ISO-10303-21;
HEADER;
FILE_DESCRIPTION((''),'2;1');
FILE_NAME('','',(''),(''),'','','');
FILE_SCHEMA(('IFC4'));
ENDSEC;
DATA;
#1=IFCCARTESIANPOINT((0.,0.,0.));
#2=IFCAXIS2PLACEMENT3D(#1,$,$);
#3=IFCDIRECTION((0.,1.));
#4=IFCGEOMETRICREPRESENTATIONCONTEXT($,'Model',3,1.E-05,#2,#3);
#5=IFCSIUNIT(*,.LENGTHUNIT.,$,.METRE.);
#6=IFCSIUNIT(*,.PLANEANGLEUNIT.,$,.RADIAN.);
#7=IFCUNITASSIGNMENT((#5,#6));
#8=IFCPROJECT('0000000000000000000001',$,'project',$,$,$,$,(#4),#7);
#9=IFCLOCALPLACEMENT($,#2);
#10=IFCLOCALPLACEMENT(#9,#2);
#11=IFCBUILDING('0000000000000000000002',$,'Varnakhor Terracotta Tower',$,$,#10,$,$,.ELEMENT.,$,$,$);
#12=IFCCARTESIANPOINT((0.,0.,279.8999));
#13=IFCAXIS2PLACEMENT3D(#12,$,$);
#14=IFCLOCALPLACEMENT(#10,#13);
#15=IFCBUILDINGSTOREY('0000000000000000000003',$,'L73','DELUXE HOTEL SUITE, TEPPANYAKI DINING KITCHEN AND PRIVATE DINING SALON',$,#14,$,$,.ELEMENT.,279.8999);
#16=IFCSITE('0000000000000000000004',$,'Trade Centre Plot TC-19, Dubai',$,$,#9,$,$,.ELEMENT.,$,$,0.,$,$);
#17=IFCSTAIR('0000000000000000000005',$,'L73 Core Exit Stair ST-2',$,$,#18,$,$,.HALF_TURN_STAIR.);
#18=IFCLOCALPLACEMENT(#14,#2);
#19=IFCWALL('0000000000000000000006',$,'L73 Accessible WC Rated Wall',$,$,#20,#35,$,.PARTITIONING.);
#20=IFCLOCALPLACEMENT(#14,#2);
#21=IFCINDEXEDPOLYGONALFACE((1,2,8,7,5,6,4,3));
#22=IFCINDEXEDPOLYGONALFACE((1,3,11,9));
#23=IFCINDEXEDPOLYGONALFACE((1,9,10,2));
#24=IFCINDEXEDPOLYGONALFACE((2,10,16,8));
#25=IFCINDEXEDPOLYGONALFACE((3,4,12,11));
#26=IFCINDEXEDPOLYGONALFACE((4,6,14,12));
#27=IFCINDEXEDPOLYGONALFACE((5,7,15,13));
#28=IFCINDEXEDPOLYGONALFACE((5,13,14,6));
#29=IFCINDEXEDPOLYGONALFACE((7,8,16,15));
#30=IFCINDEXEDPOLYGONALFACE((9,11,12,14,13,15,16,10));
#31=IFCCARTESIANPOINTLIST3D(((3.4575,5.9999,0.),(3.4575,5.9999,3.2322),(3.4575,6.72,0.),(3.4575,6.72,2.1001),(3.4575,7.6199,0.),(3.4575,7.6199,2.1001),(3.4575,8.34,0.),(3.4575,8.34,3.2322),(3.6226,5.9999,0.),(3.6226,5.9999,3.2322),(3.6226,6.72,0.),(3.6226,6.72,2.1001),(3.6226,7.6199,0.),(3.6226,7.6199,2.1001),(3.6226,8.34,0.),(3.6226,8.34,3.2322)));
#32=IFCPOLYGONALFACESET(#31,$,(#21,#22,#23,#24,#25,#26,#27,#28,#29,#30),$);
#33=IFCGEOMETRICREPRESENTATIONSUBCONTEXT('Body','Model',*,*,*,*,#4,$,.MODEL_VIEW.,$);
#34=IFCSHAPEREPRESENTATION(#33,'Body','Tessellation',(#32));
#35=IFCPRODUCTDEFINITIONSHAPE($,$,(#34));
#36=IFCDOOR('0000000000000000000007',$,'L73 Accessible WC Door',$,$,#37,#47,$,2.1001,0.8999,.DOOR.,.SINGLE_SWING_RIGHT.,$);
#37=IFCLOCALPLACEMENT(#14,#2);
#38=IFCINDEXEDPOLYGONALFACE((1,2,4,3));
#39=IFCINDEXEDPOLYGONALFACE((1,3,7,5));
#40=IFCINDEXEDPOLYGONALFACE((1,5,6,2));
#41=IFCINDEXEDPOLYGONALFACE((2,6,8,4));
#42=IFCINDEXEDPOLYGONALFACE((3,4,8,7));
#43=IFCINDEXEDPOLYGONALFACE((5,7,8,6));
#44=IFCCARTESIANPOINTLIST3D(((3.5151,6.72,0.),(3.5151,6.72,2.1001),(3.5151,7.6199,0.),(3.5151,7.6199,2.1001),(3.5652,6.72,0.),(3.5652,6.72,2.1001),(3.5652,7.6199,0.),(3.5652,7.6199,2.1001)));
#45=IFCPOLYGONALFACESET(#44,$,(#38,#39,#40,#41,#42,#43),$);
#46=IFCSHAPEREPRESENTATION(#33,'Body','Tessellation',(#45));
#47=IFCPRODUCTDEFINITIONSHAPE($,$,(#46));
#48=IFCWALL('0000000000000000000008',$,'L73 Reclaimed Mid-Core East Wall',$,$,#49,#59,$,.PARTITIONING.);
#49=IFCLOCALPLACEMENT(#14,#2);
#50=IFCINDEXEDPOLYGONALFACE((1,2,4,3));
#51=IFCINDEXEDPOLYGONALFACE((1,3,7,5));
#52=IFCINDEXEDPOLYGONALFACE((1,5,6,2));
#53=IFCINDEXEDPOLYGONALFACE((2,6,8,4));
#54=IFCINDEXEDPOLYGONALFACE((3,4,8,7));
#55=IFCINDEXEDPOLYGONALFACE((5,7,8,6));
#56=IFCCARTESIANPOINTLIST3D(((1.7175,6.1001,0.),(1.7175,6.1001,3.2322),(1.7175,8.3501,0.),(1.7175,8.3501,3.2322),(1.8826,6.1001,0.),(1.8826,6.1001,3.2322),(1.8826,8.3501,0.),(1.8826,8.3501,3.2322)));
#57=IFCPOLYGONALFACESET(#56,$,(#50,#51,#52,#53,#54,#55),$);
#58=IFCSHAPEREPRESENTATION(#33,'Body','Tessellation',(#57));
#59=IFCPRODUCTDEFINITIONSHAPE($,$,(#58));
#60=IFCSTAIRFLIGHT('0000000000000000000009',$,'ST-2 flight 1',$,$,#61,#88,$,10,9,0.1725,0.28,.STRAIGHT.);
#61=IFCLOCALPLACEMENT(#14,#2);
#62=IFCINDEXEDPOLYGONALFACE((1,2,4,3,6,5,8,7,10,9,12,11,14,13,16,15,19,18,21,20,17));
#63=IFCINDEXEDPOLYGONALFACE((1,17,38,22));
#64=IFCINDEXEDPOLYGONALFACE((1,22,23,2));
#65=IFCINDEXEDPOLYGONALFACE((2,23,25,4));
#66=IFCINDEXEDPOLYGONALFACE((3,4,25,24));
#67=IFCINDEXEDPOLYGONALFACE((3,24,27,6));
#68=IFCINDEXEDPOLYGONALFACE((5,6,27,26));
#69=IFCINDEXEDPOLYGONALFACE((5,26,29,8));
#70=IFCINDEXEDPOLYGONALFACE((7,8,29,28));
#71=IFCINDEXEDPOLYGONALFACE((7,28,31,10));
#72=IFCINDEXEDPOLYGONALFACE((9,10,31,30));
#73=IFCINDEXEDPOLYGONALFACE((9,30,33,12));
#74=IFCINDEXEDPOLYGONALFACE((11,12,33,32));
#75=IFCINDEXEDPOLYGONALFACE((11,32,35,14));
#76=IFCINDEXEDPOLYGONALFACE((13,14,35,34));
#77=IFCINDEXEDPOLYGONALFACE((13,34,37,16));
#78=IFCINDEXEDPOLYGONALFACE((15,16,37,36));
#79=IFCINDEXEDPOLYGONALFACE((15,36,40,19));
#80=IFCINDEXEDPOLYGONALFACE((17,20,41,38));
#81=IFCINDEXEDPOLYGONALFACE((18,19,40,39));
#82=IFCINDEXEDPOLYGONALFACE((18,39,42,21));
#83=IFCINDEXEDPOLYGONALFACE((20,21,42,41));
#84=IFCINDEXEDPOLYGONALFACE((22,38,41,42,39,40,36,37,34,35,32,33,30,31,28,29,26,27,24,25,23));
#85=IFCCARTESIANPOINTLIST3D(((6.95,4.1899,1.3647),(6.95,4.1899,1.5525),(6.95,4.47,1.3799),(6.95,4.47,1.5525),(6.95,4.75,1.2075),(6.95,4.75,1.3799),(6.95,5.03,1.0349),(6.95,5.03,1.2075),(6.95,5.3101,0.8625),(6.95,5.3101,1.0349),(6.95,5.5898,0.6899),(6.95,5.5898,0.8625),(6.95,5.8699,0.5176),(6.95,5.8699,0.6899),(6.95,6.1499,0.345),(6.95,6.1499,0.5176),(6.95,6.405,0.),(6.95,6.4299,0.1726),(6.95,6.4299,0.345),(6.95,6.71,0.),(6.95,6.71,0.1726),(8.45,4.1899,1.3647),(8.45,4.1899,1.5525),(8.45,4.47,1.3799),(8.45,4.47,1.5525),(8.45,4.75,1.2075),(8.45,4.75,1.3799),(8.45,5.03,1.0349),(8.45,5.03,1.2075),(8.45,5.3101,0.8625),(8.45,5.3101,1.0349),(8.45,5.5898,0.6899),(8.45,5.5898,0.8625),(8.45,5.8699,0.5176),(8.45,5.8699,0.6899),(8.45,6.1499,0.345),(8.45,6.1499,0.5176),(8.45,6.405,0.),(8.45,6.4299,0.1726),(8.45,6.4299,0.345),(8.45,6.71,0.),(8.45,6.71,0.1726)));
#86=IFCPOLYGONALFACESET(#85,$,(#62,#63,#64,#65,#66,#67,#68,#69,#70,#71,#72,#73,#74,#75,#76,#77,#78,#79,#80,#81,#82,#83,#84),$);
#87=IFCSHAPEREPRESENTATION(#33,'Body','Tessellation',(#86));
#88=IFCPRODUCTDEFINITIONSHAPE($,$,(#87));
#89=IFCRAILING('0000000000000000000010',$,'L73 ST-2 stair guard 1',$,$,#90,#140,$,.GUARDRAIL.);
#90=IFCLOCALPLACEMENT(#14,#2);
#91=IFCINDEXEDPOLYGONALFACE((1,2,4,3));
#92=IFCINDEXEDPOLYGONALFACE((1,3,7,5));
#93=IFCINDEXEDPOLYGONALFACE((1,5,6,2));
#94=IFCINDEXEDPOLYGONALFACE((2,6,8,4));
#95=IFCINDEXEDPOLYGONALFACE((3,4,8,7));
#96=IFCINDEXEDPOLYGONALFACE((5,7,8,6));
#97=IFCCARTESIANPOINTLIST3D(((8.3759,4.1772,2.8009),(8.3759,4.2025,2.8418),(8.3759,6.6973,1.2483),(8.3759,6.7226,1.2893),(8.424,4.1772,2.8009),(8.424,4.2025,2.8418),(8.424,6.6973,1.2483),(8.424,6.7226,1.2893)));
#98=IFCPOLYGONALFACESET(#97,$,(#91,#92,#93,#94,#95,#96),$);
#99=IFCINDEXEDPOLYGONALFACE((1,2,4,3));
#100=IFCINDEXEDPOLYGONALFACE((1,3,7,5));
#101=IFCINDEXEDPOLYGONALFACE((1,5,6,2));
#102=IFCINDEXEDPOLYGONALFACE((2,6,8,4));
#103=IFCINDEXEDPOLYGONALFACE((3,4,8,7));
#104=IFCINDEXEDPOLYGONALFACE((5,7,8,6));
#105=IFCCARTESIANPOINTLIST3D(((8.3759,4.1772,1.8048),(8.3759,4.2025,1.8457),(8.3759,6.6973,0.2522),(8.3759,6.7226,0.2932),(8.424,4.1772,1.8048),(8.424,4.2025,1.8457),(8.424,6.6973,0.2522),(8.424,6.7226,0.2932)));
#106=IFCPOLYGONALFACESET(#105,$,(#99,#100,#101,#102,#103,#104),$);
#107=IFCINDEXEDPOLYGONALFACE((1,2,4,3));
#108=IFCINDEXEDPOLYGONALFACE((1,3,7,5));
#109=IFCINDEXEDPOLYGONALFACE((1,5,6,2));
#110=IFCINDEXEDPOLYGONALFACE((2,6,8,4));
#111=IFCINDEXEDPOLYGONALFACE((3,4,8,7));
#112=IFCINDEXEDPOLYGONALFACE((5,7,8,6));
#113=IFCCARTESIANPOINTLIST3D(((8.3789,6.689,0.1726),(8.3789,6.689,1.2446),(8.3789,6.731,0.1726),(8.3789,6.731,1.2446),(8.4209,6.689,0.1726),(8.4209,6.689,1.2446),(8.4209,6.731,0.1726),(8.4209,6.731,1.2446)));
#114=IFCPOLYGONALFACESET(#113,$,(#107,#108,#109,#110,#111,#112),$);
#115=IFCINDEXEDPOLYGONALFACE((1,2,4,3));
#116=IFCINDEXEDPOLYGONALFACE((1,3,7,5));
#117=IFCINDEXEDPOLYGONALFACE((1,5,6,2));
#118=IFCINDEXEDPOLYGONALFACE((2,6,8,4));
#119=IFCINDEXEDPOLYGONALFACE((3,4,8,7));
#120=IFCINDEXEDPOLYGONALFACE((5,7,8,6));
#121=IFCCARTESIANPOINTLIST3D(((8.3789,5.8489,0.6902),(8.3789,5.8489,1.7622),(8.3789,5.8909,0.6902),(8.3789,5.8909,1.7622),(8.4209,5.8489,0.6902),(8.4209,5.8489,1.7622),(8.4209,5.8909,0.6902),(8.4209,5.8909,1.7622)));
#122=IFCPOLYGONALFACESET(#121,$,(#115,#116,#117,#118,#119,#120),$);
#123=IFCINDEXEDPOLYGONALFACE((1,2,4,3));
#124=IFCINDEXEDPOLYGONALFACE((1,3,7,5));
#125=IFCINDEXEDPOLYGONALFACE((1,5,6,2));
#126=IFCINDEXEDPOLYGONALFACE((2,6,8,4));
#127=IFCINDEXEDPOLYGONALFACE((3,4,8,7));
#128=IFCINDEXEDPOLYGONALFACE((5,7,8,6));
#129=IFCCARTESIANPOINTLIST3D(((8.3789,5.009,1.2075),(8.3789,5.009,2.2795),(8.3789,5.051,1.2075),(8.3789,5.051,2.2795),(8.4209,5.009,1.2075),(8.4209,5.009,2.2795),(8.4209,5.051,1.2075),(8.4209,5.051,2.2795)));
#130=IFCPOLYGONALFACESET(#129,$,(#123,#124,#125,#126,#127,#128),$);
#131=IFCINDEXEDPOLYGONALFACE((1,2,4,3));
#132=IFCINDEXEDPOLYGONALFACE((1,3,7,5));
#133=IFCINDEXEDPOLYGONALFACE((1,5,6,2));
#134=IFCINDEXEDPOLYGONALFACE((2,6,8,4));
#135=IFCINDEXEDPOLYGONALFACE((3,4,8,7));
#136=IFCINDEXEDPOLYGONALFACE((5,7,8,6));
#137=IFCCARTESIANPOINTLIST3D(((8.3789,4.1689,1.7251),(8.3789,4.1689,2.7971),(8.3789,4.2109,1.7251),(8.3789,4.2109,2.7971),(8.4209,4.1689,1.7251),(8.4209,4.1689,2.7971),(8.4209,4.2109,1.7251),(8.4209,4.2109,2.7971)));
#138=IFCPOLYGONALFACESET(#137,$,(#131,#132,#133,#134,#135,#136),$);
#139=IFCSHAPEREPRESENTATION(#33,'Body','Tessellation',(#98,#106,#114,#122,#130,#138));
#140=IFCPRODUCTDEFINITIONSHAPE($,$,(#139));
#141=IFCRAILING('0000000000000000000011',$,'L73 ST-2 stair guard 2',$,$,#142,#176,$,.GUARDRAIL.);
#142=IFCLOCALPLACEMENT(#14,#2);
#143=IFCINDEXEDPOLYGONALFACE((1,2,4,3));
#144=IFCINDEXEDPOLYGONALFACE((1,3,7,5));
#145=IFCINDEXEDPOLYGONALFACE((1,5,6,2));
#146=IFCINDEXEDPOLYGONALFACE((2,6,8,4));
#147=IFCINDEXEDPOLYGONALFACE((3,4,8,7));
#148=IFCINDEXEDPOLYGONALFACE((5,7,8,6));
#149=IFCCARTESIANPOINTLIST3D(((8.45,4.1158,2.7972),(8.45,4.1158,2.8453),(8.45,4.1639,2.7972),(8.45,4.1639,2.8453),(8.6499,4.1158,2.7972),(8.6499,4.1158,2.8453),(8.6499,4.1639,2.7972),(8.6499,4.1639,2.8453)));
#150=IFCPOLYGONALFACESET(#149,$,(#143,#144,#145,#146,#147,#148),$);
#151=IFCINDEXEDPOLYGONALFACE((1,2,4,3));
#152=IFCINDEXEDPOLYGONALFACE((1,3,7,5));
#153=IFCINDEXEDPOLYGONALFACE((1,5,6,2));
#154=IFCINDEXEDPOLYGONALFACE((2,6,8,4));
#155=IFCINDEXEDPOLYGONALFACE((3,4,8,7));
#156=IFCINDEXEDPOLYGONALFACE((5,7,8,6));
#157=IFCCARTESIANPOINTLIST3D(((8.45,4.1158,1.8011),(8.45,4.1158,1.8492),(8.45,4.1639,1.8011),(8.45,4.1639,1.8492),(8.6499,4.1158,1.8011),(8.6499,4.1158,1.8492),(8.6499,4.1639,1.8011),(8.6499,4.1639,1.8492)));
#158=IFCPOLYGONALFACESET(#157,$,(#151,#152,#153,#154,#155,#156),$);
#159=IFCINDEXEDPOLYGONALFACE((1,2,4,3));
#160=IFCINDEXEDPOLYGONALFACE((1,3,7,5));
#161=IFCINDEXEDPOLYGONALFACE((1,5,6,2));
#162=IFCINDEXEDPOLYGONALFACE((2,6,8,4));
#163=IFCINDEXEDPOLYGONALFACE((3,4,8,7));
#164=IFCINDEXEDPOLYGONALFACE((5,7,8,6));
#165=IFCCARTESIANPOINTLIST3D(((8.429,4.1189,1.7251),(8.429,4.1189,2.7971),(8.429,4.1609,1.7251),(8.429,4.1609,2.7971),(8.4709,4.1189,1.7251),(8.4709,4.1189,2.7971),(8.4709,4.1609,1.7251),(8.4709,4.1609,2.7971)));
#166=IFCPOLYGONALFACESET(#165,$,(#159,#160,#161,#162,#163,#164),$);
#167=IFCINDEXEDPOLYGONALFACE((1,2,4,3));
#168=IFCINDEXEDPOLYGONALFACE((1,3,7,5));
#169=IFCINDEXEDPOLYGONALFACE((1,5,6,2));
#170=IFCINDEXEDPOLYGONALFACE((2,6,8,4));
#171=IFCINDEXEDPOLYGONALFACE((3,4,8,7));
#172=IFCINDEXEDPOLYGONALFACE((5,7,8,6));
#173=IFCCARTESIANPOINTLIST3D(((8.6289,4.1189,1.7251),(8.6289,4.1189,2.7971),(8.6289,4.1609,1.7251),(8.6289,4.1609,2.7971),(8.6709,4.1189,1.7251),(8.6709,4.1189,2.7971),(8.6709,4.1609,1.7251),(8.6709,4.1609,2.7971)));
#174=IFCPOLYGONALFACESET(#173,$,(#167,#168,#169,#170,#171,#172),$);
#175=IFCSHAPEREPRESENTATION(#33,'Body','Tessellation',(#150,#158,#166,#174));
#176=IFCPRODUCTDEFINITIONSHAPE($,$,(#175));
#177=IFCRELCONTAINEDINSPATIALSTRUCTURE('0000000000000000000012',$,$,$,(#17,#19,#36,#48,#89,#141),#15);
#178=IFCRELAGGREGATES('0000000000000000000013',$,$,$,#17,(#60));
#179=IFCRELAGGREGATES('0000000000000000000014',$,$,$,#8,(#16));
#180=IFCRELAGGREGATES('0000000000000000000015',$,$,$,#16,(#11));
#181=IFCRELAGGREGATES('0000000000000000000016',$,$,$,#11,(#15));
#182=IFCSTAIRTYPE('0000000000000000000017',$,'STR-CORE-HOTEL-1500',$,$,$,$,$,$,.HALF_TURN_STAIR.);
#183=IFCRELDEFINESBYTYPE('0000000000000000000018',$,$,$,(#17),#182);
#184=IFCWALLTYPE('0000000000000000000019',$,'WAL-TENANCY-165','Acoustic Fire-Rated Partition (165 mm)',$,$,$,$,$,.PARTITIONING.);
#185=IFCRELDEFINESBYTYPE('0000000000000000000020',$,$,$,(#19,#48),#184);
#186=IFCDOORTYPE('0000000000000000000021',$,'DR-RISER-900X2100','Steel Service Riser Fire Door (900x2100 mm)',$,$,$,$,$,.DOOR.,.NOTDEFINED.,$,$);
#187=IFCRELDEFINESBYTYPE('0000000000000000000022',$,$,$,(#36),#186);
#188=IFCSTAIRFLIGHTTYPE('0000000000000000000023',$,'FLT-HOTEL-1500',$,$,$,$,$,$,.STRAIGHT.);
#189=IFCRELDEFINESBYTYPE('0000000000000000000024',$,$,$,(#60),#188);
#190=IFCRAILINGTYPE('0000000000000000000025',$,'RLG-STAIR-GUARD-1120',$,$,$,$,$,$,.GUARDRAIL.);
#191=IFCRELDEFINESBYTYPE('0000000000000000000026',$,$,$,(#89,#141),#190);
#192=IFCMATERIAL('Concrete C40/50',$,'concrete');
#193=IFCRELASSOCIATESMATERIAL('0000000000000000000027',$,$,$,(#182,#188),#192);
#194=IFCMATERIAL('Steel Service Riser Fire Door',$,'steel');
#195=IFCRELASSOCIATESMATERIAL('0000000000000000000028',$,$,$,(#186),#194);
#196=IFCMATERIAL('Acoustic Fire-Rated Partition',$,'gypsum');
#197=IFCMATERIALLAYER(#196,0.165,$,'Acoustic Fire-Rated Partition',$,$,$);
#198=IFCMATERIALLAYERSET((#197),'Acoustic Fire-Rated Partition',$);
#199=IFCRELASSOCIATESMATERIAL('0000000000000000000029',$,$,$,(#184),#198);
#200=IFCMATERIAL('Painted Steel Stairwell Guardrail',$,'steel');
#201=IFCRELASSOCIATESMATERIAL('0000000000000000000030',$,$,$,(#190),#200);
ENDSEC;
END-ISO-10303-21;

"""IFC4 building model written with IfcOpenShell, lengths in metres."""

from ifc_helpers import new_model, si_unit, direction, frame, frame_2d, origin, origin_2d, place, context, subcontext, project, spatial, polyline, rectangle, outline, extrude, source, transform, mapped, material, layer, layer_set, type_object, type_shapes, element, fill, aggregate, save


model = new_model("IFC4")

# Units and contexts
model_context = context("Model", 3, precision=1e-05, world=origin(), true_north=direction((0.0, 1.0)))
body_context = subcontext(model_context, "Body", "Model", "MODEL_VIEW")
ifc_project = project(units=[si_unit("LENGTHUNIT", "METRE"), si_unit("PLANEANGLEUNIT", "RADIAN")], contexts=[model_context])

# Site, building, storey
site_placement = place(None, origin())
site = spatial("IfcSite", under=ifc_project, at=site_placement, Name="Trade Centre Plot TC-19, Dubai", CompositionType="ELEMENT", RefElevation=0.0)
building_placement = place(site_placement, origin())
building = spatial("IfcBuilding", under=site, at=building_placement, Name="Varnakhor Terracotta Tower", CompositionType="ELEMENT")
storey_placement = place(building_placement, frame((0.0, 0.0, 279.8999)))
storey = spatial("IfcBuildingStorey", under=building, at=storey_placement, Name="L73", Description="DELUXE HOTEL SUITE, TEPPANYAKI DINING KITCHEN AND PRIVATE DINING SALON", CompositionType="ELEMENT", Elevation=279.8999)

# Shared definitions
ifc_material_1 = material(Name="Concrete C40/50", Category="concrete")

# Stair
stair_type = type_object("IfcStairType", Name="STR-CORE-HOTEL-1500", PredefinedType="HALF_TURN_STAIR", material=ifc_material_1)
stair_1_placement = place(storey_placement, origin())
stair_1 = element("IfcStair", 1, at=stair_1_placement, inside=storey, type_object=stair_type, Name="L73 Core Exit Stair ST-2", PredefinedType="HALF_TURN_STAIR")

# Shared definitions
ifc_material_2 = material(Name="Acoustic Fire-Rated Partition", Category="gypsum")

# Wall, opening, door
ifc_material_3 = material(Name="Steel Service Riser Fire Door", Category="steel")
door_type_1 = type_object("IfcDoorType", Name="DR-RISER-900X2100", Description="Steel Service Riser Fire Door (900x2100 mm)", OperationType="NOTDEFINED", PredefinedType="DOOR", material=ifc_material_3)
shared_shape_1 = source(origin(), body_context, "Body", "SweptSolid", [
    extrude(rectangle(XDim=0.8999, YDim=2.1001, at=frame_2d((0.45, 1.05))), frame((0.0, 0.0249, 0.0), z_axis=(0.0, -1.0, 0.0), x_axis=(1.0, 0.0, 0.0)), (0.0, 0.0, 1.0), 0.05),
])
type_shapes(door_type_1, [shared_shape_1])
ifc_layer_1 = layer(ifc_material_2, 0.165, Name="Acoustic Fire-Rated Partition")
ifc_layer_set_1 = layer_set([ifc_layer_1], Name="Acoustic Fire-Rated Partition")
wall_type_1 = type_object("IfcWallType", Name="WAL-TENANCY-165", Description="Acoustic Fire-Rated Partition (165 mm)", PredefinedType="PARTITIONING", material=ifc_layer_set_1)
wall_1_placement = place(storey_placement, frame((3.54, 6.0, 0.0), z_axis=(0.0, 0.0, 1.0), x_axis=(0.0, 1.0, 0.0)))
wall_1 = element("IfcWall", 2, at=wall_1_placement, inside=storey, type_object=wall_type_1, Name="L73 Accessible WC Rated Wall", PredefinedType="PARTITIONING", context=body_context, shape_type="SweptSolid", body=[
    extrude(rectangle(XDim=2.3401, YDim=0.165, at=frame_2d((1.1699, 0.0))), origin(), (0.0, 0.0, 1.0), 3.2322),
])
opening_1_placement = place(wall_1_placement, frame((0.72, 0.0, 0.0)))
opening_1 = element("IfcOpeningElement", 3, at=opening_1_placement, cuts=wall_1, PredefinedType="OPENING", context=body_context, shape_type="SweptSolid", body=[
    extrude(rectangle(XDim=0.8999, YDim=2.1001, at=frame_2d((0.45, 1.05))), frame((0.0, 0.0925, 0.0), z_axis=(0.0, -1.0, 0.0), x_axis=(1.0, 0.0, 0.0)), (0.0, 0.0, 1.0), 0.1851),
])
door_1_placement = place(opening_1_placement, origin())
door_1 = element("IfcDoor", 4, at=door_1_placement, inside=storey, type_object=door_type_1, Name="L73 Accessible WC Door", OperationType="SINGLE_SWING_RIGHT", OverallHeight=2.1001, OverallWidth=0.8999, PredefinedType="DOOR", context=body_context, shape_type="MappedRepresentation", body=[
    mapped(shared_shape_1, transform((0.0, 0.0, 0.0), scale=1.0)),
])
fill(opening_1, door_1)

# Wall
wall_2_placement = place(storey_placement, frame((1.8, 6.1001, 0.0), z_axis=(0.0, 0.0, 1.0), x_axis=(0.0, 1.0, 0.0)))
element("IfcWall", 5, at=wall_2_placement, inside=storey, type_object=wall_type_1, Name="L73 Reclaimed Mid-Core East Wall", PredefinedType="PARTITIONING", context=body_context, shape_type="SweptSolid", body=[
    extrude(rectangle(XDim=2.25, YDim=0.165, at=frame_2d((1.125, 0.0))), origin(), (0.0, 0.0, 1.0), 3.2322),
])

# Stair flight
stair_flight_type = type_object("IfcStairFlightType", Name="FLT-HOTEL-1500", PredefinedType="STRAIGHT", material=ifc_material_1)
stair_flight_placement = place(storey_placement, frame((7.7, 6.71, 0.0), z_axis=(0.0, 0.0, 1.0), x_axis=(0.0, -1.0, 0.0)))
stair_flight = element("IfcStairFlight", 6, at=stair_flight_placement, type_object=stair_flight_type, Name="ST-2 flight 1", NumberOfRisers=10, NumberOfTreads=9, PredefinedType="STRAIGHT", RiserHeight=0.1725, TreadLength=0.28, context=body_context, shape_type="SweptSolid", body=[
    extrude(outline(polyline([(0.0, 0.0), (0.0, 0.1726), (0.28, 0.1726), (0.28, 0.345), (0.5601, 0.345), (0.5601, 0.5176), (0.8401, 0.5176), (0.8401, 0.6899), (1.1201, 0.6899), (1.1201, 0.8625), (1.3999, 0.8625), (1.3999, 1.0349), (1.6799, 1.0349), (1.6799, 1.2075), (1.96, 1.2075), (1.96, 1.3799), (2.24, 1.3799), (2.24, 1.5525), (2.52, 1.5525), (2.52, 1.7251), (2.52, 1.3647), (0.3049, 0.0), (0.0, 0.0)])), frame((0.0, 0.75, 0.0), z_axis=(0.0, -1.0, 0.0), x_axis=(1.0, 0.0, 0.0)), (0.0, 0.0, 1.0), 1.5),
])
aggregate(stair_1, [stair_flight])

# Railings
ifc_material_4 = material(Name="Painted Steel Stairwell Guardrail", Category="steel")
railing_type_1 = type_object("IfcRailingType", Name="RLG-STAIR-GUARD-1120", PredefinedType="GUARDRAIL", material=ifc_material_4)
railing_1_placement = place(storey_placement, frame((8.3999, 6.71, 0.1726)))
element("IfcRailing", 7, at=railing_1_placement, inside=storey, type_object=railing_type_1, Name="L73 ST-2 stair guard 1", PredefinedType="GUARDRAIL", context=body_context, shape_type="SweptSolid", body=[
    extrude(rectangle(XDim=0.0481, YDim=0.0481, at=origin_2d()), frame((0.0, 0.0, 1.0962), z_axis=(0.0, -0.8514, 0.524516), x_axis=(1.0, 0.0, 0.0)), (0.0, 0.0, 1.0), 2.96),
    extrude(rectangle(XDim=0.0481, YDim=0.0481, at=origin_2d()), frame((0.0, 0.0, 0.1001), z_axis=(0.0, -0.8514, 0.524516), x_axis=(1.0, 0.0, 0.0)), (0.0, 0.0, 1.0), 2.96),
    extrude(rectangle(XDim=0.042, YDim=0.042, at=origin_2d()), origin(), (0.0, 0.0, 1.0), 1.072),
    extrude(rectangle(XDim=0.042, YDim=0.042, at=origin_2d()), frame((0.0, -0.8401, 0.5176)), (0.0, 0.0, 1.0), 1.072),
    extrude(rectangle(XDim=0.042, YDim=0.042, at=origin_2d()), frame((0.0, -1.6799, 1.0349)), (0.0, 0.0, 1.0), 1.072),
    extrude(rectangle(XDim=0.042, YDim=0.042, at=origin_2d()), frame((0.0, -2.52, 1.5525)), (0.0, 0.0, 1.0), 1.072),
])
railing_2_placement = place(storey_placement, frame((8.45, 4.1399, 1.7251)))
element("IfcRailing", 8, at=railing_2_placement, inside=storey, type_object=railing_type_1, Name="L73 ST-2 stair guard 2", PredefinedType="GUARDRAIL", context=body_context, shape_type="SweptSolid", body=[
    extrude(rectangle(XDim=0.0481, YDim=0.0481, at=origin_2d()), frame((0.0, 0.0, 1.0962), z_axis=(1.0, 0.0, 0.0), x_axis=(0.0, 1.0, 0.0)), (0.0, 0.0, 1.0), 0.2),
    extrude(rectangle(XDim=0.0481, YDim=0.0481, at=origin_2d()), frame((0.0, 0.0, 0.1001), z_axis=(1.0, 0.0, 0.0), x_axis=(0.0, 1.0, 0.0)), (0.0, 0.0, 1.0), 0.2),
    extrude(rectangle(XDim=0.042, YDim=0.042, at=origin_2d()), origin(), (0.0, 0.0, 1.0), 1.072),
    extrude(rectangle(XDim=0.042, YDim=0.042, at=origin_2d()), frame((0.2, 0.0, 0.0)), (0.0, 0.0, 1.0), 1.072),
])

save(model, "model.ifc")
